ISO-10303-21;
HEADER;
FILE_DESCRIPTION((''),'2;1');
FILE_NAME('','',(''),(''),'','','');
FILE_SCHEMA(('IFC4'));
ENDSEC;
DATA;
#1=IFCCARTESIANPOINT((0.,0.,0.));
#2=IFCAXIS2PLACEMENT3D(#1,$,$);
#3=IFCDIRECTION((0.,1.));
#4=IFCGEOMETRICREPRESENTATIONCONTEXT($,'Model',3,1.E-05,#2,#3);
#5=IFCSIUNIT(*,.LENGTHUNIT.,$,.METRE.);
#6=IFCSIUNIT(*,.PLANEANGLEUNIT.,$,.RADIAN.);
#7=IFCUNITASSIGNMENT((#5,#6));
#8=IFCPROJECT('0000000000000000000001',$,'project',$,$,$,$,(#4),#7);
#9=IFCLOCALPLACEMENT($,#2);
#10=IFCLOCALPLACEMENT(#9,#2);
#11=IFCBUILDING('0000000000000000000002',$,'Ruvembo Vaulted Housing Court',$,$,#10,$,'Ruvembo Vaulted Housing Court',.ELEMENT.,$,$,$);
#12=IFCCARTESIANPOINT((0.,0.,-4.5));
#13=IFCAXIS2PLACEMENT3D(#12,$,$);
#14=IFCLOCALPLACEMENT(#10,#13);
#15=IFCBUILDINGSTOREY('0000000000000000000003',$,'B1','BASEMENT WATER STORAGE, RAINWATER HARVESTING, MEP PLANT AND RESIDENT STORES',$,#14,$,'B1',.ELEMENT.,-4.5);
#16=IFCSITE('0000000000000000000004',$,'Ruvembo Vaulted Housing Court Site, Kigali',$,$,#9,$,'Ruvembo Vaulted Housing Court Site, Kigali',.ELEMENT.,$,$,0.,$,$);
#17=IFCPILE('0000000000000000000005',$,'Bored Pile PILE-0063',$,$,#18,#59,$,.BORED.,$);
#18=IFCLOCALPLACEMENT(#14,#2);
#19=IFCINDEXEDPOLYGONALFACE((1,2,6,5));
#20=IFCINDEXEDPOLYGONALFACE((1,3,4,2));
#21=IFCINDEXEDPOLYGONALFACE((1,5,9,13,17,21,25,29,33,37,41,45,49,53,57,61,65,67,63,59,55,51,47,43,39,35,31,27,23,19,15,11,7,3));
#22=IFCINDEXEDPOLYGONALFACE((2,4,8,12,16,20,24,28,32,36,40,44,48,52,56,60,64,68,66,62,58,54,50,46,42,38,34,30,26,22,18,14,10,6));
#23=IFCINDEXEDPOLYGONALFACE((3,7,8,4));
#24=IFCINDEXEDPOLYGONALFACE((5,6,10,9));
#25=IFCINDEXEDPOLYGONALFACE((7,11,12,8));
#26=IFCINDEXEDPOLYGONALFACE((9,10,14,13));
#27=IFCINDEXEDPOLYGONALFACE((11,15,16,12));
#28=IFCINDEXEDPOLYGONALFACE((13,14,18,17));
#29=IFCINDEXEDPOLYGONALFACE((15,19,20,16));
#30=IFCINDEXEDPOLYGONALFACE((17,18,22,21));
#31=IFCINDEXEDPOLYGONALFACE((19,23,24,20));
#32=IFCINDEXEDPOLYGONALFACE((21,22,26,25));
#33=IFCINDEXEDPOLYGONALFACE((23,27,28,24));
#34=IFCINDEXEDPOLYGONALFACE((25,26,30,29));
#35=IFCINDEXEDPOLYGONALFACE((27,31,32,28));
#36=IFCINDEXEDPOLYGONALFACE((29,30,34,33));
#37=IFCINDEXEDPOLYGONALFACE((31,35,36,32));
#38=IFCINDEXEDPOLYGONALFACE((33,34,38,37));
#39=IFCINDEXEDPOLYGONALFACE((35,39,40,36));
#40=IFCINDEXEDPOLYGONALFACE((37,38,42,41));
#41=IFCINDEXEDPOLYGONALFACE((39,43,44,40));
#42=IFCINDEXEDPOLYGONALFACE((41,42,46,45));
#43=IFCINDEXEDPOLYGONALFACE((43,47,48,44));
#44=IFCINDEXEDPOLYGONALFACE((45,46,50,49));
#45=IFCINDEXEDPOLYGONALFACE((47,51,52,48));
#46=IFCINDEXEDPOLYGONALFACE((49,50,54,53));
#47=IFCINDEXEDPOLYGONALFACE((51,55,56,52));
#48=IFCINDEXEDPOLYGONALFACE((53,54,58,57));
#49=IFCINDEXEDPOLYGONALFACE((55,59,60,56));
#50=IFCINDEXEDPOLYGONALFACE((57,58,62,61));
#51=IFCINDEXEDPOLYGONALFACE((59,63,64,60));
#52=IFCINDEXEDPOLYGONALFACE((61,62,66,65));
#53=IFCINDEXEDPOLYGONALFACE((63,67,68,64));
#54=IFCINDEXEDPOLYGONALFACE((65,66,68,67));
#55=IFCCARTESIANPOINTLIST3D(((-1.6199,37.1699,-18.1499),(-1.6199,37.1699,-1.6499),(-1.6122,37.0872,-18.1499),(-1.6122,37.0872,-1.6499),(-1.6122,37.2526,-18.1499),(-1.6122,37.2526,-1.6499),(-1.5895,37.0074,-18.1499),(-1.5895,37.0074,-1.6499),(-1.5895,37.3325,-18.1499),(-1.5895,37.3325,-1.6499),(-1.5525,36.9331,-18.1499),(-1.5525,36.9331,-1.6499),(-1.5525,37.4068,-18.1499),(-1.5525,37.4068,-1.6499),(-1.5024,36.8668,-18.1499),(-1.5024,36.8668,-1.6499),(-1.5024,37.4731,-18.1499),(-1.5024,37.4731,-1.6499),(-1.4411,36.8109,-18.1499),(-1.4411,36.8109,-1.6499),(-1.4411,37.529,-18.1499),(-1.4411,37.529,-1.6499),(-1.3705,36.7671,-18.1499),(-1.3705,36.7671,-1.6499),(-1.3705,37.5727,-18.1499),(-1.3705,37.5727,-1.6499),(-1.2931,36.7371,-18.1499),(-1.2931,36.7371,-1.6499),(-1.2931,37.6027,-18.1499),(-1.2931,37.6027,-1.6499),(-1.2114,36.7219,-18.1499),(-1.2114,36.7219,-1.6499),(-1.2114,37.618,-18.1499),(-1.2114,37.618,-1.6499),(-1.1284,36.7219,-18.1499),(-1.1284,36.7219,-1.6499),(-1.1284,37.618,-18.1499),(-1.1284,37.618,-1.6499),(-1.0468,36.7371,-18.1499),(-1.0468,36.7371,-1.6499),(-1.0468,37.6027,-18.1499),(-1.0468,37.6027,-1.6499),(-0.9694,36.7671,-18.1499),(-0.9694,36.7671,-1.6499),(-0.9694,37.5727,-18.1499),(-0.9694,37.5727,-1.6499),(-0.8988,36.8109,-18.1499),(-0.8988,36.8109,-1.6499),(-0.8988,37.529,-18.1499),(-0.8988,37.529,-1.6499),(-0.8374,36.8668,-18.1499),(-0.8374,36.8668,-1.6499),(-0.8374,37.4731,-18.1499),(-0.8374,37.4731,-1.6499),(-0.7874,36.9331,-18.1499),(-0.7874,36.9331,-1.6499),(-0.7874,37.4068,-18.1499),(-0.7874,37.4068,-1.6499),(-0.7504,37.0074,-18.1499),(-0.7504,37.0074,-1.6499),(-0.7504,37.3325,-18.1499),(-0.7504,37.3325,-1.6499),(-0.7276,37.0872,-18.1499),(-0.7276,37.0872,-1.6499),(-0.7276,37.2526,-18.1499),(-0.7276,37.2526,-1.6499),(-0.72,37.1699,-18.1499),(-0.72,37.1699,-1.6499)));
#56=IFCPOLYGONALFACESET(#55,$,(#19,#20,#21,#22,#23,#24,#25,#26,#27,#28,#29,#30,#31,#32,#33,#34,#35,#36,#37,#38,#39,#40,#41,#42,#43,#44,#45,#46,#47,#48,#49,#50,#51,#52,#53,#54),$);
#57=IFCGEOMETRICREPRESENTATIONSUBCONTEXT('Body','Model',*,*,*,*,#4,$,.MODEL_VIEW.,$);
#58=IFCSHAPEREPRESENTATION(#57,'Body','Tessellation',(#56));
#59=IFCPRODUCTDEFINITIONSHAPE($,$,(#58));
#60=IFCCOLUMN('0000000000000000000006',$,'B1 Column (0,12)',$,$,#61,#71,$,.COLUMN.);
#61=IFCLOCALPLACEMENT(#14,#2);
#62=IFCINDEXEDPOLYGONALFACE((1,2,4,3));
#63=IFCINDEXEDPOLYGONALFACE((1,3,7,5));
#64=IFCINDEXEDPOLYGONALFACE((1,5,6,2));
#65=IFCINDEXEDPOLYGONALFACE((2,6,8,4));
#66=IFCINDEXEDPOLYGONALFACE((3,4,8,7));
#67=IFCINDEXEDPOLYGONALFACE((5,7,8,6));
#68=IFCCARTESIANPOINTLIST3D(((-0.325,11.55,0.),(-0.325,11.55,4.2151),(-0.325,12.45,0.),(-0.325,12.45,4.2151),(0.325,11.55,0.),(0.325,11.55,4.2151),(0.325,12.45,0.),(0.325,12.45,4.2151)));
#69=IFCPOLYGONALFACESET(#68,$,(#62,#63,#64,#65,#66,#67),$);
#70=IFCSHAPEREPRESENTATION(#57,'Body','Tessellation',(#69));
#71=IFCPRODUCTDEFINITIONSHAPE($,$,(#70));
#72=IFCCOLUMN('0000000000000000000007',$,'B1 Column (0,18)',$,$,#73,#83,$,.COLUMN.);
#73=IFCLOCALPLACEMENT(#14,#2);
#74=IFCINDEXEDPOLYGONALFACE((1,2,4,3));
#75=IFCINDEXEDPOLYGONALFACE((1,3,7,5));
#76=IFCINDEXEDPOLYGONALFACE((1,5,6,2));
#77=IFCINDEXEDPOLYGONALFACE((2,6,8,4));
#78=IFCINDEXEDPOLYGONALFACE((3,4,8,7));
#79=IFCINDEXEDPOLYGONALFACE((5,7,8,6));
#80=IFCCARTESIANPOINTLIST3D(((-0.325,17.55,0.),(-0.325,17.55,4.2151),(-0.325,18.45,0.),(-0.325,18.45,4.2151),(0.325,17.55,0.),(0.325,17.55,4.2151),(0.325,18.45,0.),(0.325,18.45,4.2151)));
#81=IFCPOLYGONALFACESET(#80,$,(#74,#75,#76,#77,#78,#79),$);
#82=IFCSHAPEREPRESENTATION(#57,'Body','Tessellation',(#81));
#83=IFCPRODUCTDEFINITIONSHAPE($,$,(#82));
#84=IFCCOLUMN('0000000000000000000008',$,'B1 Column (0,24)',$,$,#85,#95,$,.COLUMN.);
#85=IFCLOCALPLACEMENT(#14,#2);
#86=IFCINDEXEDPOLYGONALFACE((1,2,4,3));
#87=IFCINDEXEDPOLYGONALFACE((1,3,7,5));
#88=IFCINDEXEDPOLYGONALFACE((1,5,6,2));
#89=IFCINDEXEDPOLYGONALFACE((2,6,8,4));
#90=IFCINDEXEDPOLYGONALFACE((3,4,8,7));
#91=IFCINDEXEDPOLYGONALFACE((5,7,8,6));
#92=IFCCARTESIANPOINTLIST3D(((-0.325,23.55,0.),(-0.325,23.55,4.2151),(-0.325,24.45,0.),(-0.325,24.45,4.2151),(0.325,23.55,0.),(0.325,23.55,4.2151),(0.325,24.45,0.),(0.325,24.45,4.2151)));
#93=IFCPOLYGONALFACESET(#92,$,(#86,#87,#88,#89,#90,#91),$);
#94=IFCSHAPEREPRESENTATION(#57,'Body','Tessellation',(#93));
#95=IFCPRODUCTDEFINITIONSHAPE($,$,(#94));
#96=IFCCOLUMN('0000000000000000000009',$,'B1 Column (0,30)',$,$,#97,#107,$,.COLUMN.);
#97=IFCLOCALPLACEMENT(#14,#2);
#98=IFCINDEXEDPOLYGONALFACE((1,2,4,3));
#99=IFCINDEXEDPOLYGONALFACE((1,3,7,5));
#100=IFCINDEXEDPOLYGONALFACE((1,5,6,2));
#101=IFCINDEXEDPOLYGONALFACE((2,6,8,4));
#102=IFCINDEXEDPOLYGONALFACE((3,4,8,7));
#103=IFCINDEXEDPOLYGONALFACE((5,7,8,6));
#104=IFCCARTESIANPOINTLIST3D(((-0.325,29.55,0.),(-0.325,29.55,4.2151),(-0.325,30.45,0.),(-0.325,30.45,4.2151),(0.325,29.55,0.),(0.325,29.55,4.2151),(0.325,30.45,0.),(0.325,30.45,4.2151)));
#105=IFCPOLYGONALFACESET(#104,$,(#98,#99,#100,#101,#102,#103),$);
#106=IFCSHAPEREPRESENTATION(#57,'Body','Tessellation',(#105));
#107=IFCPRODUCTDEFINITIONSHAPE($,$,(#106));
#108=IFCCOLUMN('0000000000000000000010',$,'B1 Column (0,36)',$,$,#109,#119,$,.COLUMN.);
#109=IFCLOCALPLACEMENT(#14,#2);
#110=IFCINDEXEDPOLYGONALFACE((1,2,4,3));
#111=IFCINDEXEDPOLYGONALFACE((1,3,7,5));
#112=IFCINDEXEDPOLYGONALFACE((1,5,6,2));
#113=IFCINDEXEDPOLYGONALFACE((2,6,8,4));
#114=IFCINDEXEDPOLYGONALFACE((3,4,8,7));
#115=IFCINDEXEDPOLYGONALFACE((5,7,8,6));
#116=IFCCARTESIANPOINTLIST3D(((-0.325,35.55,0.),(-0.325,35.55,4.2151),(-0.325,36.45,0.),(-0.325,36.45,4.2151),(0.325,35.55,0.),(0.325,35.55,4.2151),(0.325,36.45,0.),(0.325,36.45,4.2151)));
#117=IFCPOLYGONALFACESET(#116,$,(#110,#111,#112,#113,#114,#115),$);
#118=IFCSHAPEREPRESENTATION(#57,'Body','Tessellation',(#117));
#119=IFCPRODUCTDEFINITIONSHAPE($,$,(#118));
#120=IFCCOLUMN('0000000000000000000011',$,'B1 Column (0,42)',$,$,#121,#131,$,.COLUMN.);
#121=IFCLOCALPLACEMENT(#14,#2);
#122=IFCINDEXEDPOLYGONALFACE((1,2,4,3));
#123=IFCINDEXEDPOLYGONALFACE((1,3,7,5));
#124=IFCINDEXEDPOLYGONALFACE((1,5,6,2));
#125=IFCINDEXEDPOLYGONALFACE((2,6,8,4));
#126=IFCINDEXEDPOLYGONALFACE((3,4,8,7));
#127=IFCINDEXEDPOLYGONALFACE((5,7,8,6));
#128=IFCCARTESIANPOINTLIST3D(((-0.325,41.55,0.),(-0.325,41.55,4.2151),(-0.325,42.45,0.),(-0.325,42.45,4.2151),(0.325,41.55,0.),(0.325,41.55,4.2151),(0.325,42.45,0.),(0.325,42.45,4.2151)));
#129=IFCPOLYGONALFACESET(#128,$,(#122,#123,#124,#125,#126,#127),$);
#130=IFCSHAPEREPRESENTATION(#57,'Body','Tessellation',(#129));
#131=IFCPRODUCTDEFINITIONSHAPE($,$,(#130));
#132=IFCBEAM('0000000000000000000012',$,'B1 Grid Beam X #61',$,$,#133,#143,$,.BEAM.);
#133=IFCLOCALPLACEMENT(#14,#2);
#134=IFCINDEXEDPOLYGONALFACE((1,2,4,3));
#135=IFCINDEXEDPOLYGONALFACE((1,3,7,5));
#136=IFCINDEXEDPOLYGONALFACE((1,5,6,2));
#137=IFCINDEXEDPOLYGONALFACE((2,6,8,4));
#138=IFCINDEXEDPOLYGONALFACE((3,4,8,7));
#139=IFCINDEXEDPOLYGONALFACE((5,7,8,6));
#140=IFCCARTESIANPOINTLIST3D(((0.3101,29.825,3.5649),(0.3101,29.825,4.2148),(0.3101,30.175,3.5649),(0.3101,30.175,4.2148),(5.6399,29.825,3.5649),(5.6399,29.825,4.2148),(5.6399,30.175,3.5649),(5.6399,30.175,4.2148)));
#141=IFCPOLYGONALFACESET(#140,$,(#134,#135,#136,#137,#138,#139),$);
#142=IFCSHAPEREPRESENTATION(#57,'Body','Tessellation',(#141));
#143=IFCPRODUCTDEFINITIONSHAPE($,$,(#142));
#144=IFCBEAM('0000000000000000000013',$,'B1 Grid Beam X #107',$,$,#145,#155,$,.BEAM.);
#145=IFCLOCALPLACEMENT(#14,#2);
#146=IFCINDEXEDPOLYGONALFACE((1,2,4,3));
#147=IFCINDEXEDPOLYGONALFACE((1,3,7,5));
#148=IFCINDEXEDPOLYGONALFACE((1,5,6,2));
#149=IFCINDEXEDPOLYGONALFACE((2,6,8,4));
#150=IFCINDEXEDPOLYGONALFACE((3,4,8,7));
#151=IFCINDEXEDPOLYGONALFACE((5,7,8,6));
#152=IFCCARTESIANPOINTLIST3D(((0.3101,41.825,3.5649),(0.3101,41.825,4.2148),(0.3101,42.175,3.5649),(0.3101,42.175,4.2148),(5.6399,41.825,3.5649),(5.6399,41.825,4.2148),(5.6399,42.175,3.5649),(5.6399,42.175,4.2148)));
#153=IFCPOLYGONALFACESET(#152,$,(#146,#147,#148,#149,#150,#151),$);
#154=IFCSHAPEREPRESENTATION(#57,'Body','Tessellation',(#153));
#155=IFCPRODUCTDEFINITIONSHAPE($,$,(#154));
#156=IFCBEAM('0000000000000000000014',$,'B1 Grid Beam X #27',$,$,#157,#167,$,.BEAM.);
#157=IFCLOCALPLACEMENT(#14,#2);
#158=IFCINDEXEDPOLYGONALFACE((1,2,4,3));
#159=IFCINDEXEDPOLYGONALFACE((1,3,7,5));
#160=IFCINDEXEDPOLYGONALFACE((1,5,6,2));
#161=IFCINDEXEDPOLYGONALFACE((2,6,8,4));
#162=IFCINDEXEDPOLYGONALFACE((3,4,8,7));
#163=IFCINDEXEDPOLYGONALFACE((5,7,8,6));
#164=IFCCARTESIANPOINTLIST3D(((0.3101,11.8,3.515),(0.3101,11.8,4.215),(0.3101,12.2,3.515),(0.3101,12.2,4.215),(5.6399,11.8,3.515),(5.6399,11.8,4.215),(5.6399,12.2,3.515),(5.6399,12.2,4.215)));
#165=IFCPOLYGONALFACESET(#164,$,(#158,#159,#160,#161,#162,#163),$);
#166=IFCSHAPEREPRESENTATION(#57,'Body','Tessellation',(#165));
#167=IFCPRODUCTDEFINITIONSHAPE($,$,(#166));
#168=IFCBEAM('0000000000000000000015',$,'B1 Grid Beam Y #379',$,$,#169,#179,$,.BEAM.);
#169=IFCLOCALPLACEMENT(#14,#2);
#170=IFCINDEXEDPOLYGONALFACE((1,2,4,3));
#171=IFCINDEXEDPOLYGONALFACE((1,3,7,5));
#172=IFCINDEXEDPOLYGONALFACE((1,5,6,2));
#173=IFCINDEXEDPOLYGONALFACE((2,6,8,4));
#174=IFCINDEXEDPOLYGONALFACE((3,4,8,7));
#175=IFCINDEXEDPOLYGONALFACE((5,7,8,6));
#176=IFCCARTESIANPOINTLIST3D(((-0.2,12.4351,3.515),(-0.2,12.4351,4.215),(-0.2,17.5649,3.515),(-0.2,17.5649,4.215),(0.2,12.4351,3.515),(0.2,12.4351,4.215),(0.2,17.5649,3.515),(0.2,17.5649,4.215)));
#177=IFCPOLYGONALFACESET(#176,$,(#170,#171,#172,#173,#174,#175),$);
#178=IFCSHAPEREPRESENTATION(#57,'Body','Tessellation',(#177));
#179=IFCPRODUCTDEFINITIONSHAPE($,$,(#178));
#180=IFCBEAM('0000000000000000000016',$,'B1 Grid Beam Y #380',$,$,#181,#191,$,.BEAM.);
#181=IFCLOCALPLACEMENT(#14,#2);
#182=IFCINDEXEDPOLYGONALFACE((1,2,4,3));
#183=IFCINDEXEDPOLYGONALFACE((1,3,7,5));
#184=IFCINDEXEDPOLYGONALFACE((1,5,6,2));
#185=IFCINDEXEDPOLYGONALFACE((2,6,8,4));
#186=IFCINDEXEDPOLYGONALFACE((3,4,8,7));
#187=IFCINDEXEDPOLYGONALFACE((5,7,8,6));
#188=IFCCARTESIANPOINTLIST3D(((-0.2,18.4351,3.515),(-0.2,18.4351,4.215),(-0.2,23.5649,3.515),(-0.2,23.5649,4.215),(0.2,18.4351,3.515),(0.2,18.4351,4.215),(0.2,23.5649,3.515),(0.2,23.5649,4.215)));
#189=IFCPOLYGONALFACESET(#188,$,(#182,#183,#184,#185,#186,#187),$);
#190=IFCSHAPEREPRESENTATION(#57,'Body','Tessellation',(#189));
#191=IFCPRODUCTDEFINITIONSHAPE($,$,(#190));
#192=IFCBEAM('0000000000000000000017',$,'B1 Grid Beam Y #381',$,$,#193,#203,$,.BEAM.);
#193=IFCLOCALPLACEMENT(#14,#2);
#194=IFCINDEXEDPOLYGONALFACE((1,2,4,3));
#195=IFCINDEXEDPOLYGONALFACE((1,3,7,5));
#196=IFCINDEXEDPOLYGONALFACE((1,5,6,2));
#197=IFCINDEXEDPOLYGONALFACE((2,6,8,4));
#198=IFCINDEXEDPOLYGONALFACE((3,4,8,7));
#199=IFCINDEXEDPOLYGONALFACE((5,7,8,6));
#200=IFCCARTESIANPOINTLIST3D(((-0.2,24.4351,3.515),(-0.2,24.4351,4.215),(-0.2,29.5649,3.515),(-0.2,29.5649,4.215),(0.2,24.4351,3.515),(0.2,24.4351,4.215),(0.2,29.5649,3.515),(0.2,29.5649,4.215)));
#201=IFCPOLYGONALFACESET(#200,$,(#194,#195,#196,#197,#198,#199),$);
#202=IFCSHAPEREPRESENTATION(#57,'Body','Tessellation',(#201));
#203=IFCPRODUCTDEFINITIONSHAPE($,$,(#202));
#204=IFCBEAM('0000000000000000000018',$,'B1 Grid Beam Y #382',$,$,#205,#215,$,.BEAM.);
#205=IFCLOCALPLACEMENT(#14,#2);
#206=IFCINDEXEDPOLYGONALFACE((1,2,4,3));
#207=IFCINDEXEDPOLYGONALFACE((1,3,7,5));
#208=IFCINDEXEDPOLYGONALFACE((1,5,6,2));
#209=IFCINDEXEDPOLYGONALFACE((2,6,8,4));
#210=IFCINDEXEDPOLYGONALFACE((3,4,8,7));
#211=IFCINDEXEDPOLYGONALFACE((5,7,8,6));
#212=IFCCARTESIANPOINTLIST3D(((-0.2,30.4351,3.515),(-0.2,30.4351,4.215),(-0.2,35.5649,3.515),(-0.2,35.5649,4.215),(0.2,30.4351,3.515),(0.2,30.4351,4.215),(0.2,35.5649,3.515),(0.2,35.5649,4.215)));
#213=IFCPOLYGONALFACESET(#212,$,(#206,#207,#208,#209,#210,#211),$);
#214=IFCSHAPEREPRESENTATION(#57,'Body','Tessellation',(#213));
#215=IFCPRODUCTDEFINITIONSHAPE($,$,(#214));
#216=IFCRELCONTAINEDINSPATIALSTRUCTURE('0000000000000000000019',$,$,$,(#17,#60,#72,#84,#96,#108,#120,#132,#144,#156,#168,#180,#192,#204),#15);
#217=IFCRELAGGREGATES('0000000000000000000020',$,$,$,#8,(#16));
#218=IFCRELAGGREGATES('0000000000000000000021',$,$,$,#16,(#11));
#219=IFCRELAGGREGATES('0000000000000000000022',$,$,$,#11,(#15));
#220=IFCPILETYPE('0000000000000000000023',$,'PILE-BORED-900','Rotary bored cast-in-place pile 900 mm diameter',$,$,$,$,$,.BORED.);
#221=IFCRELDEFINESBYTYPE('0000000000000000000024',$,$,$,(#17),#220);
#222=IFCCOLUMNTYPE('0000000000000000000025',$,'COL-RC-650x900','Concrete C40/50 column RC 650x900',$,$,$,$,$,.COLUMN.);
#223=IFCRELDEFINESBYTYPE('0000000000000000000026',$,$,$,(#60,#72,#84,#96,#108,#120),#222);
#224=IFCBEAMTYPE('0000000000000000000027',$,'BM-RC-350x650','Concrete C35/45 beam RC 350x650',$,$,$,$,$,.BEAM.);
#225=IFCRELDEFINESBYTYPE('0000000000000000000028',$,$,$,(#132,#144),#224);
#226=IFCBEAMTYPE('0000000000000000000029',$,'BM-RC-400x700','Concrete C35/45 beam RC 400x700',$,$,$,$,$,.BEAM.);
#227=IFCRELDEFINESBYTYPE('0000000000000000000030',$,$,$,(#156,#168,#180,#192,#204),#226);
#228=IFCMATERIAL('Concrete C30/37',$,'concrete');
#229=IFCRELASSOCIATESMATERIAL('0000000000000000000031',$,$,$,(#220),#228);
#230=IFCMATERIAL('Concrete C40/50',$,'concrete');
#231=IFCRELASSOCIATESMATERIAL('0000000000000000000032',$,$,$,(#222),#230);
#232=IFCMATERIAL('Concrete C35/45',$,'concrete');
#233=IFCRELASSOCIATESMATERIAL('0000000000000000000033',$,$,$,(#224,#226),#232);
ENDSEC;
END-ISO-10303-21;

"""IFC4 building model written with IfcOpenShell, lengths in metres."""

from ifc_helpers import new_model, si_unit, direction, frame, origin, origin_2d, place, context, subcontext, project, spatial, rectangle, circle, extrude, material, material_profile, profile_set, type_object, element, save


model = new_model("IFC4")

# Units and contexts
model_context = context("Model", 3, precision=1e-05, world=origin(), true_north=direction((0.0, 1.0)))
body_context = subcontext(model_context, "Body", "Model", "MODEL_VIEW")
ifc_project = project(units=[si_unit("LENGTHUNIT", "METRE"), si_unit("PLANEANGLEUNIT", "RADIAN")], contexts=[model_context])

# Site, building, storey
site_placement = place(None, origin())
site = spatial("IfcSite", under=ifc_project, at=site_placement, Name="Ruvembo Vaulted Housing Court Site, Kigali", LongName="Ruvembo Vaulted Housing Court Site, Kigali", CompositionType="ELEMENT", RefElevation=0.0)
building_placement = place(site_placement, origin())
building = spatial("IfcBuilding", under=site, at=building_placement, Name="Ruvembo Vaulted Housing Court", LongName="Ruvembo Vaulted Housing Court", CompositionType="ELEMENT")
storey_placement = place(building_placement, frame((0.0, 0.0, -4.5)))
storey = spatial("IfcBuildingStorey", under=building, at=storey_placement, Name="B1", Description="BASEMENT WATER STORAGE, RAINWATER HARVESTING, MEP PLANT AND RESIDENT STORES", LongName="B1", CompositionType="ELEMENT", Elevation=-4.5)

# Shared definitions
ifc_material_1 = material(Name="Concrete C35/45", Category="concrete")

# Pile
ifc_material_2 = material(Name="Concrete C30/37", Category="concrete")
ifc_material_profile_1 = material_profile(ifc_material_2, circle(Radius=0.45, at=origin_2d()), Name="PILE D900")
ifc_profile_set_1 = profile_set([ifc_material_profile_1], Name="Concrete C30/37")
pile_type_1 = type_object("IfcPileType", Name="PILE-BORED-900", Description="Rotary bored cast-in-place pile 900 mm diameter", PredefinedType="BORED", material=ifc_profile_set_1)
for number, where, z_axis, x_axis, name in (
    (1, (-1.1699, 37.1699, -1.6499), (0.0, 0.0, -1.0), (1.0, 0.0, 0.0), "Bored Pile PILE-0063"),
):
    element("IfcPile", number, at=place(storey_placement, frame(where, z_axis=z_axis, x_axis=x_axis)), inside=storey, type_object=pile_type_1, Name=name, PredefinedType="BORED", context=body_context, shape_type="SweptSolid", body=[
        extrude(circle(Radius=0.45, at=origin_2d()), origin(), (0.0, 0.0, 1.0), 16.5),
    ])

# Columns
ifc_material_3 = material(Name="Concrete C40/50", Category="concrete")
ifc_material_profile_2 = material_profile(ifc_material_3, rectangle(XDim=0.6499, YDim=0.8999, at=origin_2d()), Name="RC 650x900")
ifc_profile_set_2 = profile_set([ifc_material_profile_2], Name="Concrete C40/50")
column_type = type_object("IfcColumnType", Name="COL-RC-650x900", Description="Concrete C40/50 column RC 650x900", PredefinedType="COLUMN", material=ifc_profile_set_2)
for number, where, z_axis, x_axis, name in (
    (2, (0.0, 12.0, 0.0), (0.0, 0.0, 1.0), (1.0, 0.0, 0.0), "B1 Column (0,12)"),
    (3, (0.0, 18.0, 0.0), (0.0, 0.0, 1.0), (1.0, 0.0, 0.0), "B1 Column (0,18)"),
    (4, (0.0, 24.0, 0.0), (0.0, 0.0, 1.0), (1.0, 0.0, 0.0), "B1 Column (0,24)"),
    (5, (0.0, 30.0, 0.0), (0.0, 0.0, 1.0), (1.0, 0.0, 0.0), "B1 Column (0,30)"),
    (6, (0.0, 36.0, 0.0), (0.0, 0.0, 1.0), (1.0, 0.0, 0.0), "B1 Column (0,36)"),
    (7, (0.0, 42.0, 0.0), (0.0, 0.0, 1.0), (1.0, 0.0, 0.0), "B1 Column (0,42)"),
):
    element("IfcColumn", number, at=place(storey_placement, frame(where, z_axis=z_axis, x_axis=x_axis)), inside=storey, type_object=column_type, Name=name, PredefinedType="COLUMN", context=body_context, shape_type="SweptSolid", body=[
        extrude(rectangle(XDim=0.6499, YDim=0.8999, at=origin_2d()), origin(), (0.0, 0.0, 1.0), 4.2151),
    ])

# Beams
ifc_material_profile_3 = material_profile(ifc_material_1, rectangle(XDim=0.3501, YDim=0.6499, at=origin_2d()), Name="RC 350x650")
ifc_profile_set_3 = profile_set([ifc_material_profile_3], Name="Concrete C35/45")
beam_type_1 = type_object("IfcBeamType", Name="BM-RC-350x650", Description="Concrete C35/45 beam RC 350x650", PredefinedType="BEAM", material=ifc_profile_set_3)
for number, where, z_axis, x_axis, name in (
    (8, (0.3101, 30.0, 3.8899), (1.0, 0.0, 0.0), (0.0, 1.0, 0.0), "B1 Grid Beam X #61"),
    (9, (0.3101, 42.0, 3.8899), (1.0, 0.0, 0.0), (0.0, 1.0, 0.0), "B1 Grid Beam X #107"),
):
    element("IfcBeam", number, at=place(storey_placement, frame(where, z_axis=z_axis, x_axis=x_axis)), inside=storey, type_object=beam_type_1, Name=name, PredefinedType="BEAM", context=body_context, shape_type="SweptSolid", body=[
        extrude(rectangle(XDim=0.3501, YDim=0.6499, at=origin_2d()), origin(), (0.0, 0.0, 1.0), 5.3298),
    ])
ifc_material_profile_4 = material_profile(ifc_material_1, rectangle(XDim=0.3999, YDim=0.7, at=origin_2d()), Name="RC 400x700")
ifc_profile_set_4 = profile_set([ifc_material_profile_4], Name="Concrete C35/45")
beam_type_2 = type_object("IfcBeamType", Name="BM-RC-400x700", Description="Concrete C35/45 beam RC 400x700", PredefinedType="BEAM", material=ifc_profile_set_4)
beam_placement = place(storey_placement, frame((0.3101, 12.0, 3.865), z_axis=(1.0, 0.0, 0.0), x_axis=(0.0, 1.0, 0.0)))
element("IfcBeam", 10, at=beam_placement, inside=storey, type_object=beam_type_2, Name="B1 Grid Beam X #27", PredefinedType="BEAM", context=body_context, shape_type="SweptSolid", body=[
    extrude(rectangle(XDim=0.3999, YDim=0.7, at=origin_2d()), origin(), (0.0, 0.0, 1.0), 5.3298),
])
for number, where, z_axis, x_axis, name in (
    (11, (0.0, 12.4351, 3.865), (0.0, 1.0, 0.0), (-1.0, 0.0, 0.0), "B1 Grid Beam Y #379"),
    (12, (0.0, 18.4351, 3.865), (0.0, 1.0, 0.0), (-1.0, 0.0, 0.0), "B1 Grid Beam Y #380"),
    (13, (0.0, 24.4351, 3.865), (0.0, 1.0, 0.0), (-1.0, 0.0, 0.0), "B1 Grid Beam Y #381"),
    (14, (0.0, 30.4351, 3.865), (0.0, 1.0, 0.0), (-1.0, 0.0, 0.0), "B1 Grid Beam Y #382"),
):
    element("IfcBeam", number, at=place(storey_placement, frame(where, z_axis=z_axis, x_axis=x_axis)), inside=storey, type_object=beam_type_2, Name=name, PredefinedType="BEAM", context=body_context, shape_type="SweptSolid", body=[
        extrude(rectangle(XDim=0.3999, YDim=0.7, at=origin_2d()), origin(), (0.0, 0.0, 1.0), 5.1299),
    ])

save(model, "model.ifc")
